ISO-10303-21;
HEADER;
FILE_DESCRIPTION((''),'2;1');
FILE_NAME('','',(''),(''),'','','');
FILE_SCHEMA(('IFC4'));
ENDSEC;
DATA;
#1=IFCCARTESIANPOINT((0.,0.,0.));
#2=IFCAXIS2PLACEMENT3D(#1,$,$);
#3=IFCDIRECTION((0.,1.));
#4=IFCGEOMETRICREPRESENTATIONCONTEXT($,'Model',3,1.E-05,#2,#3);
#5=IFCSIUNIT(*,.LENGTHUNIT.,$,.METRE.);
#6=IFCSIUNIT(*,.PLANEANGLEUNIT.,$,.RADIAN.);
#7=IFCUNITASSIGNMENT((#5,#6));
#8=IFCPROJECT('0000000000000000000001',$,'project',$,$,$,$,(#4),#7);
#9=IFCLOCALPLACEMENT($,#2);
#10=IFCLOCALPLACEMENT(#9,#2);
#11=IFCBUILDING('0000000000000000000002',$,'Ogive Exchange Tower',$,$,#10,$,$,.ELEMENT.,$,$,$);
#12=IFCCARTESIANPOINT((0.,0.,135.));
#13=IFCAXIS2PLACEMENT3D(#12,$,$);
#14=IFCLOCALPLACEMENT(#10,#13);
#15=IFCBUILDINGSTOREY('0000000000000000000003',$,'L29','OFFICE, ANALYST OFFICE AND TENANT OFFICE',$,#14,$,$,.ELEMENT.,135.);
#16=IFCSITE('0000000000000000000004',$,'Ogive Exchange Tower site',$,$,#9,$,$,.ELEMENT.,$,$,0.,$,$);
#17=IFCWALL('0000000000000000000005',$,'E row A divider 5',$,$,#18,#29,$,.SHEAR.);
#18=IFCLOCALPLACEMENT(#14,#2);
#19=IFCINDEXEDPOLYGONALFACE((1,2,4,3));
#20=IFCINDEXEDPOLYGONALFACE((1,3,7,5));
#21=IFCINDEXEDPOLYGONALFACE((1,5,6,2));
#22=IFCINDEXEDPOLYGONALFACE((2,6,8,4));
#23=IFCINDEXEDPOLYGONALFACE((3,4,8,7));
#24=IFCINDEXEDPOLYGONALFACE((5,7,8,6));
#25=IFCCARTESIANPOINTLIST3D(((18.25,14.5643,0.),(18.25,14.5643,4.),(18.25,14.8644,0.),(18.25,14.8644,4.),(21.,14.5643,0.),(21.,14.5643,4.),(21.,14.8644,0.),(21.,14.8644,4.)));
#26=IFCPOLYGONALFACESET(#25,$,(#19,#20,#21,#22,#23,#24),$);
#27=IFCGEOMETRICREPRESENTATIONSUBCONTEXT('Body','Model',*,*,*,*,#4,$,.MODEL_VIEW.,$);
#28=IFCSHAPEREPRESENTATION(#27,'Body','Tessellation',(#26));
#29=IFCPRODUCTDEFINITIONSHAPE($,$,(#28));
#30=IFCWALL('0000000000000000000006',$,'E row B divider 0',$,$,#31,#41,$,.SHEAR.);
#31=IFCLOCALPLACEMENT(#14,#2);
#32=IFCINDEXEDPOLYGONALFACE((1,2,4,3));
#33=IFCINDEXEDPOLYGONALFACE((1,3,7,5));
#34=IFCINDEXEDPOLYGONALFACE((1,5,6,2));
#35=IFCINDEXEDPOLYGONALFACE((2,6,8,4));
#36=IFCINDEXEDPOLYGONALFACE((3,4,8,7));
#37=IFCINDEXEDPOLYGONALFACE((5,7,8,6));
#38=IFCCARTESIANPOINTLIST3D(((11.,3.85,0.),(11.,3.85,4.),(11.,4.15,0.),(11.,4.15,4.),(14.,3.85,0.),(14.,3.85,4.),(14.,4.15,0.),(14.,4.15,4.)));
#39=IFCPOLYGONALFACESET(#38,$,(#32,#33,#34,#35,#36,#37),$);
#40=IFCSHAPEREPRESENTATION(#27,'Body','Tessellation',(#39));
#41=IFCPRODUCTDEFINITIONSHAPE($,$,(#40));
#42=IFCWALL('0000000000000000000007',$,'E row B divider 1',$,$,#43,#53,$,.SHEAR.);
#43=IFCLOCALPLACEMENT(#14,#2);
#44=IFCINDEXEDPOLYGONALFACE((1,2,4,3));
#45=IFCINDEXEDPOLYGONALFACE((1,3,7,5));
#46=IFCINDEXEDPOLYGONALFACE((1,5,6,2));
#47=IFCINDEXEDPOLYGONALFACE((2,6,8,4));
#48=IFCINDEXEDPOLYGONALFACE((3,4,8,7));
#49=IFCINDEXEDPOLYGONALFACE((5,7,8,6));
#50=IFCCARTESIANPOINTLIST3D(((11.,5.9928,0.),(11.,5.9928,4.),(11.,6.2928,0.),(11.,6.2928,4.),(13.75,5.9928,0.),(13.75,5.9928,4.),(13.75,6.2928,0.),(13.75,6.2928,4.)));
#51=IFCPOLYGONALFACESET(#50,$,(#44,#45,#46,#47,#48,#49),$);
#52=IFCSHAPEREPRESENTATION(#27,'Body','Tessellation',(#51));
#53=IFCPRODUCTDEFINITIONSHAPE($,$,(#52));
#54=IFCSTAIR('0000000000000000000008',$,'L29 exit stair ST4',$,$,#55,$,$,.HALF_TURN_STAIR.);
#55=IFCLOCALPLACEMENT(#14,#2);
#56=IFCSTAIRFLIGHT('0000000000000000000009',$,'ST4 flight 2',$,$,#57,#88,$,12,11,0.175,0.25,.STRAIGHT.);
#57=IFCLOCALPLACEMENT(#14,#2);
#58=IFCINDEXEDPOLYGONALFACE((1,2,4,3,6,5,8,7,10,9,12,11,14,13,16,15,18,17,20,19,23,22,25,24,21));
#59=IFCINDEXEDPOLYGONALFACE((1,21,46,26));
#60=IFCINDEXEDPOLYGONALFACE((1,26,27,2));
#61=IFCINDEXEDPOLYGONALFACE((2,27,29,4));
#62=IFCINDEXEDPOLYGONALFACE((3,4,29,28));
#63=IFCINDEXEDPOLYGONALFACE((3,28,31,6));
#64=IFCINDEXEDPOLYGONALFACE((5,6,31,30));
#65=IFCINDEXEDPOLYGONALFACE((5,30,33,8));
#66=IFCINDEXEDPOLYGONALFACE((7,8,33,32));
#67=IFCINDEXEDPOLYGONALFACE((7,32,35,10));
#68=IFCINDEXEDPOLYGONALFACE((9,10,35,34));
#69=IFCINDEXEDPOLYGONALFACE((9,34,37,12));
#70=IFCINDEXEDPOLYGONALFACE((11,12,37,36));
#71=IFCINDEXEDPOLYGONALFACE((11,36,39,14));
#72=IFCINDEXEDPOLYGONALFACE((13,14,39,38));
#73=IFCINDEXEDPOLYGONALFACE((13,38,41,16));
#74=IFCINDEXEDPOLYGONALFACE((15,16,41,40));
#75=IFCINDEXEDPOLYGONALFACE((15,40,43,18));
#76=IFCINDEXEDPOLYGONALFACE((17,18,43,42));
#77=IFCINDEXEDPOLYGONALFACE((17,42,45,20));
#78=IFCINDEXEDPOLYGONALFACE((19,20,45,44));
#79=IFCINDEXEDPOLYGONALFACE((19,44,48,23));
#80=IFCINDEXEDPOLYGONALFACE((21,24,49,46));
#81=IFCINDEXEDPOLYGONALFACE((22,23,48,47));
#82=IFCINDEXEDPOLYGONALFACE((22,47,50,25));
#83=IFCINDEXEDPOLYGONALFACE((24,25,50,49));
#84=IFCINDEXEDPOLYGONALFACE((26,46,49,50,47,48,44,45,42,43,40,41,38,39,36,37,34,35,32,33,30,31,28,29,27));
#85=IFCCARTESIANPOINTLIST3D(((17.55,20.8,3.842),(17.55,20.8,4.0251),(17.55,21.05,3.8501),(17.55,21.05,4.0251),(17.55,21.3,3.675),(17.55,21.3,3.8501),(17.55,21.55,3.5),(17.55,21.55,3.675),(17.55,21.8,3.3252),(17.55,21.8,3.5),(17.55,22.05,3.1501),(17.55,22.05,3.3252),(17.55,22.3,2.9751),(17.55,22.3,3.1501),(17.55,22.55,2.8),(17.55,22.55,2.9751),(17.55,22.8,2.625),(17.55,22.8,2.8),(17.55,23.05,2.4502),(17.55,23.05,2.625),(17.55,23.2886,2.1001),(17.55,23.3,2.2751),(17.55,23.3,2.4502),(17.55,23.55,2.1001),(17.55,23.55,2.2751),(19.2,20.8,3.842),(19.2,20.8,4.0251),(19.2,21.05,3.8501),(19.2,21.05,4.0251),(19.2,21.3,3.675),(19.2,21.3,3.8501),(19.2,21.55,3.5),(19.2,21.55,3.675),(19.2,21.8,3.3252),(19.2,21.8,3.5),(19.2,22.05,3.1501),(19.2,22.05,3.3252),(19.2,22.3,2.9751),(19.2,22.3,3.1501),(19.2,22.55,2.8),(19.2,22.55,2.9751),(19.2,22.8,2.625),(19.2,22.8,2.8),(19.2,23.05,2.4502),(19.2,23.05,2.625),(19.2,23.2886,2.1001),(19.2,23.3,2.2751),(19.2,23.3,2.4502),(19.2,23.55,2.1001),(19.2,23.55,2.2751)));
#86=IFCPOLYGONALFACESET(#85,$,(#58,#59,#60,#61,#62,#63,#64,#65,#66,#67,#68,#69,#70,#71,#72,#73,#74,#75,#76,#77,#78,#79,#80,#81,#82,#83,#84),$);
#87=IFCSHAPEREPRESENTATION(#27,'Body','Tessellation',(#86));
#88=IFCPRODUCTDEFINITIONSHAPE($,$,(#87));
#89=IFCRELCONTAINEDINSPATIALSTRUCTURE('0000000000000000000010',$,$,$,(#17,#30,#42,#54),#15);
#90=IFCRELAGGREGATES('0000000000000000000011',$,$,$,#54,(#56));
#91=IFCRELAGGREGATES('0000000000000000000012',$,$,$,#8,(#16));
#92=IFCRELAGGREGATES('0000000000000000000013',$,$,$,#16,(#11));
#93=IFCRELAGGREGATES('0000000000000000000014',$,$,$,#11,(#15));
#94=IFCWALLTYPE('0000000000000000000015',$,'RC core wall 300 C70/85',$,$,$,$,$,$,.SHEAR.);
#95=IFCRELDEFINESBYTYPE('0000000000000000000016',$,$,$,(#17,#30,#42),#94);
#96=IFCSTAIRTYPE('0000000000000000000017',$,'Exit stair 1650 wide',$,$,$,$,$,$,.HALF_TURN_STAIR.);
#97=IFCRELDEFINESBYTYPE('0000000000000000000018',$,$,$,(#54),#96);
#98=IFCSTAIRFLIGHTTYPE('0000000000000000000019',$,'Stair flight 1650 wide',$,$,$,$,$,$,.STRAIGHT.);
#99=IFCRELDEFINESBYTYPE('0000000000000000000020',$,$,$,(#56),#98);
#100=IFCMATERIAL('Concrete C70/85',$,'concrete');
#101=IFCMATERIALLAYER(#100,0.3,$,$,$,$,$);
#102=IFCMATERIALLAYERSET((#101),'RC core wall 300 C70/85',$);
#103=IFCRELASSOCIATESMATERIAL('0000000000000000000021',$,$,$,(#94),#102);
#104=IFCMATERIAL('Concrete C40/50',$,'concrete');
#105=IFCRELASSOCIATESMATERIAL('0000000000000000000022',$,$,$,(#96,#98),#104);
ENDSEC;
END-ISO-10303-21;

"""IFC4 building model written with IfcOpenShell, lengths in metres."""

from ifc_helpers import new_model, si_unit, direction, frame, frame_2d, origin, place, context, subcontext, project, spatial, polyline, rectangle, outline, extrude, material, layer, layer_set, type_object, element, aggregate, save


model = new_model("IFC4")

# Units and contexts
model_context = context("Model", 3, precision=1e-05, world=origin(), true_north=direction((0.0, 1.0)))
body_context = subcontext(model_context, "Body", "Model", "MODEL_VIEW")
ifc_project = project(units=[si_unit("LENGTHUNIT", "METRE"), si_unit("PLANEANGLEUNIT", "RADIAN")], contexts=[model_context])

# Site, building, storey
site_placement = place(None, origin())
site = spatial("IfcSite", under=ifc_project, at=site_placement, Name="Ogive Exchange Tower site", CompositionType="ELEMENT", RefElevation=0.0)
building_placement = place(site_placement, origin())
building = spatial("IfcBuilding", under=site, at=building_placement, Name="Ogive Exchange Tower", CompositionType="ELEMENT")
storey_placement = place(building_placement, frame((0.0, 0.0, 135.0)))
storey = spatial("IfcBuildingStorey", under=building, at=storey_placement, Name="L29", Description="OFFICE, ANALYST OFFICE AND TENANT OFFICE", CompositionType="ELEMENT", Elevation=135.0)

# Shared definitions
ifc_material_1 = material(Name="Concrete C70/85", Category="concrete")

# Walls
ifc_layer_1 = layer(ifc_material_1, 0.3)
ifc_layer_set_1 = layer_set([ifc_layer_1], Name="RC core wall 300 C70/85")
wall_type_1 = type_object("IfcWallType", Name="RC core wall 300 C70/85", PredefinedType="SHEAR", material=ifc_layer_set_1)
for number, where, z_axis, x_axis, name in (
    (1, (18.25, 14.7144, 0.0), (0.0, 0.0, 1.0), (1.0, 0.0, 0.0), "E row A divider 5"),
):
    element("IfcWall", number, at=place(storey_placement, frame(where, z_axis=z_axis, x_axis=x_axis)), inside=storey, type_object=wall_type_1, Name=name, PredefinedType="SHEAR", context=body_context, shape_type="SweptSolid", body=[
        extrude(rectangle(XDim=2.75, YDim=0.3, at=frame_2d((1.375, 0.0))), origin(), (0.0, 0.0, 1.0), 4.0),
    ])
wall_1_placement = place(storey_placement, frame((11.0, 4.0, 0.0), z_axis=(0.0, 0.0, 1.0), x_axis=(1.0, 0.0, 0.0)))
element("IfcWall", 2, at=wall_1_placement, inside=storey, type_object=wall_type_1, Name="E row B divider 0", PredefinedType="SHEAR", context=body_context, shape_type="SweptSolid", body=[
    extrude(rectangle(XDim=3.0, YDim=0.3, at=frame_2d((1.5, 0.0))), origin(), (0.0, 0.0, 1.0), 4.0),
])
wall_2_placement = place(storey_placement, frame((11.0, 6.1428, 0.0), z_axis=(0.0, 0.0, 1.0), x_axis=(1.0, 0.0, 0.0)))
element("IfcWall", 3, at=wall_2_placement, inside=storey, type_object=wall_type_1, Name="E row B divider 1", PredefinedType="SHEAR", context=body_context, shape_type="SweptSolid", body=[
    extrude(rectangle(XDim=2.75, YDim=0.3, at=frame_2d((1.375, 0.0))), origin(), (0.0, 0.0, 1.0), 4.0),
])

# Stair, stair flight
ifc_material_2 = material(Name="Concrete C40/50", Category="concrete")
stair_type = type_object("IfcStairType", Name="Exit stair 1650 wide", PredefinedType="HALF_TURN_STAIR", material=ifc_material_2)
stair_placement = place(storey_placement, origin())
stair = element("IfcStair", 4, at=stair_placement, inside=storey, type_object=stair_type, Name="L29 exit stair ST4", PredefinedType="HALF_TURN_STAIR")
stair_flight_type = type_object("IfcStairFlightType", Name="Stair flight 1650 wide", PredefinedType="STRAIGHT", material=ifc_material_2)
stair_flight_placement = place(storey_placement, frame((18.375, 23.55, 2.1001), z_axis=(0.0, 0.0, 1.0), x_axis=(0.0, -1.0, 0.0)))
stair_flight = element("IfcStairFlight", 5, at=stair_flight_placement, type_object=stair_flight_type, Name="ST4 flight 2", NumberOfRisers=12, NumberOfTreads=11, PredefinedType="STRAIGHT", RiserHeight=0.175, TreadLength=0.25, context=body_context, shape_type="SweptSolid", body=[
    extrude(outline(polyline([(0.0, 0.0), (0.0, 0.175), (0.25, 0.175), (0.25, 0.3501), (0.5, 0.3501), (0.5, 0.5249), (0.75, 0.5249), (0.75, 0.7), (1.0, 0.7), (1.0, 0.875), (1.25, 0.875), (1.25, 1.05), (1.5, 1.05), (1.5, 1.2251), (1.75, 1.2251), (1.75, 1.3999), (2.0, 1.3999), (2.0, 1.575), (2.25, 1.575), (2.25, 1.75), (2.5, 1.75), (2.5, 1.925), (2.75, 1.925), (2.75, 2.1001), (2.75, 1.7419), (0.2615, 0.0), (0.0, 0.0)])), frame((0.0, 0.825, 0.0), z_axis=(0.0, -1.0, 0.0), x_axis=(1.0, 0.0, 0.0)), (0.0, 0.0, 1.0), 1.6499),
])
aggregate(stair, [stair_flight])

save(model, "model.ifc")
